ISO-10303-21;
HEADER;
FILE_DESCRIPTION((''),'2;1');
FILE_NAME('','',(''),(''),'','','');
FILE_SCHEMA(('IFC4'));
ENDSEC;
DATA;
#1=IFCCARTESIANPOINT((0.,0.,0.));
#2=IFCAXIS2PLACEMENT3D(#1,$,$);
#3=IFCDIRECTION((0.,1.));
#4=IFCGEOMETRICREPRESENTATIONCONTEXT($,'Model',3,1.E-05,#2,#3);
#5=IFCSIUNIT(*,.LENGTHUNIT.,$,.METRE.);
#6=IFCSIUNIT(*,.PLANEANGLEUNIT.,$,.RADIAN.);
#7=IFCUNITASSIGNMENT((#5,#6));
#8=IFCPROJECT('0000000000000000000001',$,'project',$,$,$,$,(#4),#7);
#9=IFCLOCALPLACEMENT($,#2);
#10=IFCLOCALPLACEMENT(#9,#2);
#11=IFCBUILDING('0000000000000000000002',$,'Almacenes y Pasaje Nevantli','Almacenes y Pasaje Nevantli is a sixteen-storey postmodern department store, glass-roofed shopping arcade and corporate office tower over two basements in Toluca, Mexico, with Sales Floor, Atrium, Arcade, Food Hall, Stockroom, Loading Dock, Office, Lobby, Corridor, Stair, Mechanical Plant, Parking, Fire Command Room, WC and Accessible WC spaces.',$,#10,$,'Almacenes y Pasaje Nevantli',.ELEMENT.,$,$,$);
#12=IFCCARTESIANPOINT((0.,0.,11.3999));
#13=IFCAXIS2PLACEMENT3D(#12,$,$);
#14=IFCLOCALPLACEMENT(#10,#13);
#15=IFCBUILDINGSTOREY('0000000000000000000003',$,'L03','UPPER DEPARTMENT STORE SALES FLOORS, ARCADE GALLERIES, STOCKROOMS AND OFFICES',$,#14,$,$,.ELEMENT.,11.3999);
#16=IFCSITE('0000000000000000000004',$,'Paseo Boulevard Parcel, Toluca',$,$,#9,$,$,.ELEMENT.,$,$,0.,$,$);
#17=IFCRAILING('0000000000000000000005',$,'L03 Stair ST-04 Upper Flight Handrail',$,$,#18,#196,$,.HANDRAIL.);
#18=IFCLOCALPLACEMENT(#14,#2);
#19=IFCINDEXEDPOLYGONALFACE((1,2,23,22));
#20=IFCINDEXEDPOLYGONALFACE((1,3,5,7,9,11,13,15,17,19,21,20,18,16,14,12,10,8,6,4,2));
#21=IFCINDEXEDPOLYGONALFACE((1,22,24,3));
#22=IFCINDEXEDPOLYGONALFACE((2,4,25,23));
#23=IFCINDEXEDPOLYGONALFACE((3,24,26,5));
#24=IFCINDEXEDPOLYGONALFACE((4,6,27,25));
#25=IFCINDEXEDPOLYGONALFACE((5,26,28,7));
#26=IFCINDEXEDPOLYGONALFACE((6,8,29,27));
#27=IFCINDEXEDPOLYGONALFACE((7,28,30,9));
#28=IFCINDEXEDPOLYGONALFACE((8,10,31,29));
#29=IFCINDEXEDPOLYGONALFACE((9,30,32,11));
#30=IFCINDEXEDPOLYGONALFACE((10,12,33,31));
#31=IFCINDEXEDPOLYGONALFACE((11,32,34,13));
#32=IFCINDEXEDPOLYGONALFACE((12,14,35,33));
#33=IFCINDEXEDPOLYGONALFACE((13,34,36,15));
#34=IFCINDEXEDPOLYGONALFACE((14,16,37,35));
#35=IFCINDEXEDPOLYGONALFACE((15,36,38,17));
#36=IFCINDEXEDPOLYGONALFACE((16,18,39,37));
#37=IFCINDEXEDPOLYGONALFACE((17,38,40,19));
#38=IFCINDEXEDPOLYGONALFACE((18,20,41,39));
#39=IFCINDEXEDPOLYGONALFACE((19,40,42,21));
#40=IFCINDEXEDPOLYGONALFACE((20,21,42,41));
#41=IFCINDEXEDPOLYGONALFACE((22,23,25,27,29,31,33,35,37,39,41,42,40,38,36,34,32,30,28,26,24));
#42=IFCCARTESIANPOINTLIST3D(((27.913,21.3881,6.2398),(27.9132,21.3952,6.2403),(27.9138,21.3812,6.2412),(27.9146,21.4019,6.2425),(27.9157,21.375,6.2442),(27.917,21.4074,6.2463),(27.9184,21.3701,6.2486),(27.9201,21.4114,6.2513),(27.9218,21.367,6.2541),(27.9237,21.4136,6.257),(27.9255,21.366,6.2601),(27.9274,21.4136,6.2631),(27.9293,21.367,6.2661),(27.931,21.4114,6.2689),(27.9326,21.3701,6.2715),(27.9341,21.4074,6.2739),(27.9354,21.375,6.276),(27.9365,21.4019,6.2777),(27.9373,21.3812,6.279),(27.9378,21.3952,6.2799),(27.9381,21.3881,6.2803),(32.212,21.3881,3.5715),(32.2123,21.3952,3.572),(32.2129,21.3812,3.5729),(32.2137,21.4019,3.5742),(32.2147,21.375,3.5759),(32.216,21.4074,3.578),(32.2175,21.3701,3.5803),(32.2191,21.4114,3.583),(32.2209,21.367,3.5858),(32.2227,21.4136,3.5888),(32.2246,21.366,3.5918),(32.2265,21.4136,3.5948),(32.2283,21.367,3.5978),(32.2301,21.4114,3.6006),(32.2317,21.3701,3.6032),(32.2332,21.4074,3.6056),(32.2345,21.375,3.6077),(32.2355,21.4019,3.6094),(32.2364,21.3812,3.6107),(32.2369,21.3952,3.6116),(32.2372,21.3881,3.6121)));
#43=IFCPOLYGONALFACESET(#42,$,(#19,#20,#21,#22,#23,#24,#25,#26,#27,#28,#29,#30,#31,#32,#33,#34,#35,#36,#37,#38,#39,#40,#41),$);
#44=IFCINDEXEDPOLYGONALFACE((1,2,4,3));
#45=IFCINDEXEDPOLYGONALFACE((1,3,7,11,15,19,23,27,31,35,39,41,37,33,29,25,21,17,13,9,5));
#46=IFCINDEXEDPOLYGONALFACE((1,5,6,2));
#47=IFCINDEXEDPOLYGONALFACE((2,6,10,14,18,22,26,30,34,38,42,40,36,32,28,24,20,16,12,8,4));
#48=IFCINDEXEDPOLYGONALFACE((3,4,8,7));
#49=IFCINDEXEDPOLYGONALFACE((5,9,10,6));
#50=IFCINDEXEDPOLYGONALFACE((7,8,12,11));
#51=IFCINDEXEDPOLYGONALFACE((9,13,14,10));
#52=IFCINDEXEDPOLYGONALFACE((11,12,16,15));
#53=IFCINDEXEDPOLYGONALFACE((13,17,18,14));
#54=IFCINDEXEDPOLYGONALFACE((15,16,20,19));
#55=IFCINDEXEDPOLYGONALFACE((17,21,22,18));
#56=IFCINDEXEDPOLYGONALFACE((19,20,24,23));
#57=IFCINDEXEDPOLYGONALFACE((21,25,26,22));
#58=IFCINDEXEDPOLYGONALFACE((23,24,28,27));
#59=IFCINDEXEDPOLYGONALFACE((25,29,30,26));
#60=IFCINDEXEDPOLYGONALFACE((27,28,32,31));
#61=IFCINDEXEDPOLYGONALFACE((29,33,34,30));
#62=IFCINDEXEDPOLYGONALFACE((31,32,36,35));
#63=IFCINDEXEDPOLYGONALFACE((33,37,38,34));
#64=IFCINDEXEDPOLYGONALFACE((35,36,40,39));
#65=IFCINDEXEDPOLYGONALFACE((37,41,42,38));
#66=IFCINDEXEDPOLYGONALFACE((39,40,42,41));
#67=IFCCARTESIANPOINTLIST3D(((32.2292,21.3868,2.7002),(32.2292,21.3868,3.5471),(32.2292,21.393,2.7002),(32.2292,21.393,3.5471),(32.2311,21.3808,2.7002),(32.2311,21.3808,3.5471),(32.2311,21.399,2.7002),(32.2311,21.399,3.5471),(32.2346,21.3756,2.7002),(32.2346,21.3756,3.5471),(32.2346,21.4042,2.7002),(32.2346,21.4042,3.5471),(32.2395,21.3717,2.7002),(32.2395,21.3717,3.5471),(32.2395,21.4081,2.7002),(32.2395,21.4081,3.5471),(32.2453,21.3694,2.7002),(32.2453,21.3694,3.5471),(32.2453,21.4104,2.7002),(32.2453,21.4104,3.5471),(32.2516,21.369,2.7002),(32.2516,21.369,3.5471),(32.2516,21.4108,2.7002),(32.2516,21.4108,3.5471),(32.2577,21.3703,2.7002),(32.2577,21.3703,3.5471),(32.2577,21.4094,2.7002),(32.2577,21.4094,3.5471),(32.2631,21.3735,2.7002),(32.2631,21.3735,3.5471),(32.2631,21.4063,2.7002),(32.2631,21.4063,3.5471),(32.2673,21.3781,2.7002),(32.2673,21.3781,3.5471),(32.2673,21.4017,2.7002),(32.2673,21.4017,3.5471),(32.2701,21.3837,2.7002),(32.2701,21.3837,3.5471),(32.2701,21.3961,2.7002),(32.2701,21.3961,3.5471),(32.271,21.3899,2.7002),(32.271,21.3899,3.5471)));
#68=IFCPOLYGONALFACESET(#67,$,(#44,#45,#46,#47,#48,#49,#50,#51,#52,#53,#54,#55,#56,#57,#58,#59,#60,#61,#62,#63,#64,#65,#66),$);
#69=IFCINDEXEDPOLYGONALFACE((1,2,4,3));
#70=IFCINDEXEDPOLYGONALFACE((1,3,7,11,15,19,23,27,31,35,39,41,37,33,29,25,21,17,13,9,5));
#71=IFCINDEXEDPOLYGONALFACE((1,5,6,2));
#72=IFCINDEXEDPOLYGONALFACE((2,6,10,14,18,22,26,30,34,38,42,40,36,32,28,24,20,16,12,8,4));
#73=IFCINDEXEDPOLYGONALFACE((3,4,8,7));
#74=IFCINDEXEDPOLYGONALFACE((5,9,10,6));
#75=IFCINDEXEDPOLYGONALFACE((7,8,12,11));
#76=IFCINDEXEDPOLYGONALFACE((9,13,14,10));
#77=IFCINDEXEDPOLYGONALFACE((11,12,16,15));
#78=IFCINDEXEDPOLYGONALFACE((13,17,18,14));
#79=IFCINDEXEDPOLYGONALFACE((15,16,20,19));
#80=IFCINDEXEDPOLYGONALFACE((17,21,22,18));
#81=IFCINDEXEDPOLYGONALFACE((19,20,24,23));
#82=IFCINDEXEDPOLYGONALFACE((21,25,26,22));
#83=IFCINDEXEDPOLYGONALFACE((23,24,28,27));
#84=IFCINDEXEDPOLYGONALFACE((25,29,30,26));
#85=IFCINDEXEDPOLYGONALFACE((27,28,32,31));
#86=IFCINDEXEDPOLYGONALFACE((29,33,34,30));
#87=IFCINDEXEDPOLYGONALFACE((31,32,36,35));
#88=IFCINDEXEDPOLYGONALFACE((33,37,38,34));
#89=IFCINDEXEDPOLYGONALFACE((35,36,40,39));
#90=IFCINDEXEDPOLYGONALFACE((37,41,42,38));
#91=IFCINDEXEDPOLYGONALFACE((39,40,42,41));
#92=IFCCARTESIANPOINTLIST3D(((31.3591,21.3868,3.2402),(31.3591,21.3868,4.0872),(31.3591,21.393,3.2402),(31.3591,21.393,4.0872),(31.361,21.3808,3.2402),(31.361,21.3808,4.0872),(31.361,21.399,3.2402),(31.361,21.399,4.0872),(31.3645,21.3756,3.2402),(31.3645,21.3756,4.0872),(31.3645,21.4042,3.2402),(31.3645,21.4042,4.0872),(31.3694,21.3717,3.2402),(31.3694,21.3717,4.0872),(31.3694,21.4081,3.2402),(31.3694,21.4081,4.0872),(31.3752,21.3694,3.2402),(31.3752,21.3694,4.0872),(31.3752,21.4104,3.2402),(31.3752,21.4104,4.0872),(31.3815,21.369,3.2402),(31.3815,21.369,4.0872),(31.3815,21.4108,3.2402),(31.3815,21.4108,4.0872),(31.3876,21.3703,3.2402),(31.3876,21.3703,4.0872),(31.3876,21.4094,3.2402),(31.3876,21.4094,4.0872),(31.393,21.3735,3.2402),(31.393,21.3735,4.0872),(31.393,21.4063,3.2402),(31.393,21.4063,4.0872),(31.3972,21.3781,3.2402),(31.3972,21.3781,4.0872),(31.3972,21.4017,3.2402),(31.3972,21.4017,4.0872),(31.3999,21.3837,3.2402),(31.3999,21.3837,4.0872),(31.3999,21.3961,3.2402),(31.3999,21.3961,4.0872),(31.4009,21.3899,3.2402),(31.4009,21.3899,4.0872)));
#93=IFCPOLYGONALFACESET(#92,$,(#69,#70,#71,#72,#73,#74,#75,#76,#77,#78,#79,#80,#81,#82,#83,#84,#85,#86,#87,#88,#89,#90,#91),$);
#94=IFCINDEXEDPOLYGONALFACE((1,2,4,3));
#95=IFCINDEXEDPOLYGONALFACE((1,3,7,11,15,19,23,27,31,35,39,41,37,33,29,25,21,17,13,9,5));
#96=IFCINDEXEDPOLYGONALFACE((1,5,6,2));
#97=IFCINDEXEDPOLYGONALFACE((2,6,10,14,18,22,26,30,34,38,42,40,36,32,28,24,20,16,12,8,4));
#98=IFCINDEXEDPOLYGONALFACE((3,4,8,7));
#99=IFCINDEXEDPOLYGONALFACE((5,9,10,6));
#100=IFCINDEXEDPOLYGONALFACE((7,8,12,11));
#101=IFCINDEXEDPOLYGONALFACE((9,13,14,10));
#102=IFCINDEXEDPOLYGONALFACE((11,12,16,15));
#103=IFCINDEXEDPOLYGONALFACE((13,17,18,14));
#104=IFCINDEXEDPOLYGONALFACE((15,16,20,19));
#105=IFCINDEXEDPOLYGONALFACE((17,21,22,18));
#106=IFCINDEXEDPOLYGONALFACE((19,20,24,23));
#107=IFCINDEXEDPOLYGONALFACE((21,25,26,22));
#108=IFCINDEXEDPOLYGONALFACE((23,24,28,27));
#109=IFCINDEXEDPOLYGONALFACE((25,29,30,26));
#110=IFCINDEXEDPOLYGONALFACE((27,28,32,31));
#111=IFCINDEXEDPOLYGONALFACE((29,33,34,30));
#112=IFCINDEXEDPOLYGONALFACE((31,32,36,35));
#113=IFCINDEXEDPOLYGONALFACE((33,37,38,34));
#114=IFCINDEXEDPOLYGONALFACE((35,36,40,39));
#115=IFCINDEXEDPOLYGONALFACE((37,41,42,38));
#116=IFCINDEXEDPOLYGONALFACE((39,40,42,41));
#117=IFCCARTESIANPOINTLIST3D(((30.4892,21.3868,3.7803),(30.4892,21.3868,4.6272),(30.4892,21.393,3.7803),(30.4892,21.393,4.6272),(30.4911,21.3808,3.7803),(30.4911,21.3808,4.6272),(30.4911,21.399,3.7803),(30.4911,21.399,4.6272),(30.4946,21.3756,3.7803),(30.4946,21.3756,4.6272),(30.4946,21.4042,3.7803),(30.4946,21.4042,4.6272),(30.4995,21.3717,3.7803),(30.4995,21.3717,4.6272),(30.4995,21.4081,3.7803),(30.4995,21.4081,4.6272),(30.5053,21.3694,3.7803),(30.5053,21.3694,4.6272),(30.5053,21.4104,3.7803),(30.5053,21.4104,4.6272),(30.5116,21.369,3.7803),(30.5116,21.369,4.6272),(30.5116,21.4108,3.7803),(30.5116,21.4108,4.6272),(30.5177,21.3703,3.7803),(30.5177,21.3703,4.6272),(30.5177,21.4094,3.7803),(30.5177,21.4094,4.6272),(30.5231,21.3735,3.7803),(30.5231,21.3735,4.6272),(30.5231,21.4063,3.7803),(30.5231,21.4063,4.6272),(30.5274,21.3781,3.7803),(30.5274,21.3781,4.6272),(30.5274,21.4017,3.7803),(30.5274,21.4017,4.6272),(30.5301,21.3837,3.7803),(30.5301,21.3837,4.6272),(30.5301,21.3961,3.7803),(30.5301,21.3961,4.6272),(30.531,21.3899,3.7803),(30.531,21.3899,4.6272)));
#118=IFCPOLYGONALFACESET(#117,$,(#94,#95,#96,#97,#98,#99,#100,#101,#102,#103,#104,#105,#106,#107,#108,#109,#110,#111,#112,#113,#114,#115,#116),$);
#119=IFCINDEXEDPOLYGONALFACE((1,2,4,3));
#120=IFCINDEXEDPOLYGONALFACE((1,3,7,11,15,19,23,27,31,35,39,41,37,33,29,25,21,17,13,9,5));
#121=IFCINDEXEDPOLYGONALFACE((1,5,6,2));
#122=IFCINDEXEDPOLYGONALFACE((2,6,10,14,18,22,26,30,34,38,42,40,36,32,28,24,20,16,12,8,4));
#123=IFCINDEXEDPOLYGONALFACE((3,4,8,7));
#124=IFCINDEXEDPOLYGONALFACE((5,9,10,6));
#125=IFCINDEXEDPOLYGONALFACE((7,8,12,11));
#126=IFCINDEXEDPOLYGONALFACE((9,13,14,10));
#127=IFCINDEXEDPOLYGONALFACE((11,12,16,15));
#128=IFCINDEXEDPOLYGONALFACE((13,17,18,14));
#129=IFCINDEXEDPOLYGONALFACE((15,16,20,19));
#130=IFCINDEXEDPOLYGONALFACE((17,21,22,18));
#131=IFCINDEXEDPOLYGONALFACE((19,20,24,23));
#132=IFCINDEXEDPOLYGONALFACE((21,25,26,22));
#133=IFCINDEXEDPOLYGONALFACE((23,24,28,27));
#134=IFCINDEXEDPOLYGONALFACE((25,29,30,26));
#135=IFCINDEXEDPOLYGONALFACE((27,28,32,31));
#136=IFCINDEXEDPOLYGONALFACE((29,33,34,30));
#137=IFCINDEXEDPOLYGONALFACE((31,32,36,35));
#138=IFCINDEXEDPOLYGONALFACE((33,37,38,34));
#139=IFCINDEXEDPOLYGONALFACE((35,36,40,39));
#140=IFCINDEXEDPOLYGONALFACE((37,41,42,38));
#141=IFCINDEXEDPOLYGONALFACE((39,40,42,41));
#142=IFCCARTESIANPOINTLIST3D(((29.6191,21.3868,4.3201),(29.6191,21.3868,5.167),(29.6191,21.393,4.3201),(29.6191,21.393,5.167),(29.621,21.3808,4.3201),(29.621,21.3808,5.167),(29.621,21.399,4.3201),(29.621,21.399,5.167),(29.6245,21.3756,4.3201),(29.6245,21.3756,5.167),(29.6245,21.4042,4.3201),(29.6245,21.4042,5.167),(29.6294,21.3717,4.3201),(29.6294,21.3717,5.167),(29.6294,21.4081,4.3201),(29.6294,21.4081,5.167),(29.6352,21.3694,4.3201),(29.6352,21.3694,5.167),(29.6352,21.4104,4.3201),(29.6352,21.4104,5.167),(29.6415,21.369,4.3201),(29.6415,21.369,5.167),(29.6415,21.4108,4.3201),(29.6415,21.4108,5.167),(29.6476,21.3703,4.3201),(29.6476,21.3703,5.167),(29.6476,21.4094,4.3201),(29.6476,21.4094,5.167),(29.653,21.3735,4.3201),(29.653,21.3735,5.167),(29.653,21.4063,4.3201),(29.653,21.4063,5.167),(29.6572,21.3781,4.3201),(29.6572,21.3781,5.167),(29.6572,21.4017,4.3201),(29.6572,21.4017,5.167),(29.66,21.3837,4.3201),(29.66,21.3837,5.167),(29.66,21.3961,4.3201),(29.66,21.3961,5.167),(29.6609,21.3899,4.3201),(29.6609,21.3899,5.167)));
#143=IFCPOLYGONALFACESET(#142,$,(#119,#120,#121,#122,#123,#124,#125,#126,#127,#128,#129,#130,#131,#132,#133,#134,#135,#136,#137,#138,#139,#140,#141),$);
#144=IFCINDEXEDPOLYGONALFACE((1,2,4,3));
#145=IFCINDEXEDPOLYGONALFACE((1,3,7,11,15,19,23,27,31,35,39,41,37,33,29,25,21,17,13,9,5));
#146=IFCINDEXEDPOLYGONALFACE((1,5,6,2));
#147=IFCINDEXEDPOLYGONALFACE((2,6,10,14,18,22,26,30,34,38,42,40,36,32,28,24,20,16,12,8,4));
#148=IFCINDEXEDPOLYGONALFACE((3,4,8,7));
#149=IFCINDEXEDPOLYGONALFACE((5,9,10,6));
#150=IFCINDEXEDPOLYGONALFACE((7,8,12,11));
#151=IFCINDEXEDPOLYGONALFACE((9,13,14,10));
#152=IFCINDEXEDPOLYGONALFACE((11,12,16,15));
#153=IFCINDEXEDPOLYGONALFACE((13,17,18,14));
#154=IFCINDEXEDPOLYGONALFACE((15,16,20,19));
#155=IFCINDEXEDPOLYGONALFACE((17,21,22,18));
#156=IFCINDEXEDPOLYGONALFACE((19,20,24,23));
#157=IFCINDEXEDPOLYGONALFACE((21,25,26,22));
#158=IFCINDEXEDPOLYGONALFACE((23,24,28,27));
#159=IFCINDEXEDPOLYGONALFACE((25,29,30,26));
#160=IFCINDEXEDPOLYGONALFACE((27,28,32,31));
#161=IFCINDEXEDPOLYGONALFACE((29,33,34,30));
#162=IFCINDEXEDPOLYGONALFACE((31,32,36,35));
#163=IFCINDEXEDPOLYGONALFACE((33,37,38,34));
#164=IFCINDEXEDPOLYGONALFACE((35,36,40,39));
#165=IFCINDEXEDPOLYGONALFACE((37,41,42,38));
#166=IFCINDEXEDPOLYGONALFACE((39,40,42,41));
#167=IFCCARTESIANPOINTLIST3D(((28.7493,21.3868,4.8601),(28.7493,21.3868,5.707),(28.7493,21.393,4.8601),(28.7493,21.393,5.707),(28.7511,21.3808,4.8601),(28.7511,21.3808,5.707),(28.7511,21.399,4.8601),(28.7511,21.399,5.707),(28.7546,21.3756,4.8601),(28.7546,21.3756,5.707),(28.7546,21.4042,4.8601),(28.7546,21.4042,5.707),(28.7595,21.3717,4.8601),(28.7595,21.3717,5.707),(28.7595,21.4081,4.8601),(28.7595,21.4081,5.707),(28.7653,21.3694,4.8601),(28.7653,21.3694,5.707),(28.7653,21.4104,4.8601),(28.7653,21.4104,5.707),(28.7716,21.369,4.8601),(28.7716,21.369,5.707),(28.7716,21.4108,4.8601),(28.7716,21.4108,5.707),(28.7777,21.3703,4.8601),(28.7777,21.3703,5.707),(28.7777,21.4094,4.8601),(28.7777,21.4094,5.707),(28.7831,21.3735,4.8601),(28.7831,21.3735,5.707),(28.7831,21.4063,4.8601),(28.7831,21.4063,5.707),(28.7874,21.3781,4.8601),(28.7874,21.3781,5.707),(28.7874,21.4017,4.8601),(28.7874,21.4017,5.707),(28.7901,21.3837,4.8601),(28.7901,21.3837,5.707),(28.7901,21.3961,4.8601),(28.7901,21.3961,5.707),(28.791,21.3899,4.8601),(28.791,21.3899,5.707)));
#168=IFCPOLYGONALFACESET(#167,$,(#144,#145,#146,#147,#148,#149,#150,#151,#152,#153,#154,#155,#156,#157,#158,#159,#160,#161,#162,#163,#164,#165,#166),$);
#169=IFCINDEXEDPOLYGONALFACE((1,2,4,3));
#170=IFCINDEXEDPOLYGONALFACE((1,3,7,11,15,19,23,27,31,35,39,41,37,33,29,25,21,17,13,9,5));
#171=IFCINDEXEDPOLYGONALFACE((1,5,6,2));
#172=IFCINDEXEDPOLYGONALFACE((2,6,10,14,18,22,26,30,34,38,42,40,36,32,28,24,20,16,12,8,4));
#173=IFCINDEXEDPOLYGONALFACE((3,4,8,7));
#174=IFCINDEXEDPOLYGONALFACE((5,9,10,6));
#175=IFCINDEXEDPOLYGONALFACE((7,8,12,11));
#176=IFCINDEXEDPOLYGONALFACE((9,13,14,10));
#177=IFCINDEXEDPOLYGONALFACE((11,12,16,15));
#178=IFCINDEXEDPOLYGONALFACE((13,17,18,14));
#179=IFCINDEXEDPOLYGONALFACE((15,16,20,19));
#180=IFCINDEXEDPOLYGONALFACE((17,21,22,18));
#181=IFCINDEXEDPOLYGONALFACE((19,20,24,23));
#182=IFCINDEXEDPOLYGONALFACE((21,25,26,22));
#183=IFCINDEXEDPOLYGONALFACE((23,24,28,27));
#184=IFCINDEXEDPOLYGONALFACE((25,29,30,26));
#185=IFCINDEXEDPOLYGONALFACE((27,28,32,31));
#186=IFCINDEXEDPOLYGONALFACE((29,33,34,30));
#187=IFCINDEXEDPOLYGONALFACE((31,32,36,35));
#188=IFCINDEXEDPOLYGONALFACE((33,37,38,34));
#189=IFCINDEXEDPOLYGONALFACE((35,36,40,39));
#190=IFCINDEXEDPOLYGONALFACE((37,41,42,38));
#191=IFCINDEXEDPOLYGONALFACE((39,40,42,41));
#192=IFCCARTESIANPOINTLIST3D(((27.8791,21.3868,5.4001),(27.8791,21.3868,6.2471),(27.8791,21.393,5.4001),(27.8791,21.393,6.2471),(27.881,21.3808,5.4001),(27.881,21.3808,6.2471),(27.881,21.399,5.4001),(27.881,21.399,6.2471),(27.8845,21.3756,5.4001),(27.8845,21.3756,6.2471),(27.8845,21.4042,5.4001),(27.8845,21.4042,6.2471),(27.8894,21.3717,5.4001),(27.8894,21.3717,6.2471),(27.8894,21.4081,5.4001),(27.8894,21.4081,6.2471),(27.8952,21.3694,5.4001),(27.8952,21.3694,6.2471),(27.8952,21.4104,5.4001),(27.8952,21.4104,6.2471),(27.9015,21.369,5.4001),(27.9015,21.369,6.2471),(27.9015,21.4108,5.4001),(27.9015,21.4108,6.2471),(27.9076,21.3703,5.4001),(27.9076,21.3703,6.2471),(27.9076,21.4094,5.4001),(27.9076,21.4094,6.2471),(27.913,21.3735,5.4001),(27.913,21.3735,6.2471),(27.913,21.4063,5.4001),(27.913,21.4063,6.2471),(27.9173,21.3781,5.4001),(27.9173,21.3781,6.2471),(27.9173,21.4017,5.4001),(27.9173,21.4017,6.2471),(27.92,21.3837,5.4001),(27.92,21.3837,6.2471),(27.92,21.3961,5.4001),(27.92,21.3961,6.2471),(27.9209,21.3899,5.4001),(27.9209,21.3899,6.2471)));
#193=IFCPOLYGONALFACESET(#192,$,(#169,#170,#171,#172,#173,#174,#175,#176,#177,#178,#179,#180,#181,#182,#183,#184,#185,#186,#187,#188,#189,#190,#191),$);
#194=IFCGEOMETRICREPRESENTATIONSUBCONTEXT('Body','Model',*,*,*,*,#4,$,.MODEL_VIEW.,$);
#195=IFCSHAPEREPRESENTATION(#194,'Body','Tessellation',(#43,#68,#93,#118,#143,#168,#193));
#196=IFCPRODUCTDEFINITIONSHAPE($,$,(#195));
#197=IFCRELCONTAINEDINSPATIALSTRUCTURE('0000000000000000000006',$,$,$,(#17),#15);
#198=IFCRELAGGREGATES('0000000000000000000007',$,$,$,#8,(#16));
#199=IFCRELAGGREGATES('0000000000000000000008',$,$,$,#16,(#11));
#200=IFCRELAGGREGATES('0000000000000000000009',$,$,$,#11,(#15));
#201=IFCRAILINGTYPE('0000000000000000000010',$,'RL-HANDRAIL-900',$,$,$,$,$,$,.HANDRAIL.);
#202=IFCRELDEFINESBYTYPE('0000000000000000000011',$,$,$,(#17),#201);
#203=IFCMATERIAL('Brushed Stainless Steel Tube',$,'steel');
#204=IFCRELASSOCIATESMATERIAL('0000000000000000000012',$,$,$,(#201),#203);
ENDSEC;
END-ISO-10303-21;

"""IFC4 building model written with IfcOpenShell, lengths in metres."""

from ifc_helpers import new_model, si_unit, direction, frame, origin, origin_2d, place, context, subcontext, project, spatial, circle, extrude, material, type_object, element, save


model = new_model("IFC4")

# Units and contexts
model_context = context("Model", 3, precision=1e-05, world=origin(), true_north=direction((0.0, 1.0)))
body_context = subcontext(model_context, "Body", "Model", "MODEL_VIEW")
ifc_project = project(units=[si_unit("LENGTHUNIT", "METRE"), si_unit("PLANEANGLEUNIT", "RADIAN")], contexts=[model_context])

# Site, building, storey
site_placement = place(None, origin())
site = spatial("IfcSite", under=ifc_project, at=site_placement, Name="Paseo Boulevard Parcel, Toluca", CompositionType="ELEMENT", RefElevation=0.0)
building_placement = place(site_placement, origin())
building = spatial("IfcBuilding", under=site, at=building_placement, Name="Almacenes y Pasaje Nevantli", Description="Almacenes y Pasaje Nevantli is a sixteen-storey postmodern department store, glass-roofed shopping arcade and corporate office tower over two basements in Toluca, Mexico, with Sales Floor, Atrium, Arcade, Food Hall, Stockroom, Loading Dock, Office, Lobby, Corridor, Stair, Mechanical Plant, Parking, Fire Command Room, WC and Accessible WC spaces.", LongName="Almacenes y Pasaje Nevantli", CompositionType="ELEMENT")
storey_placement = place(building_placement, frame((0.0, 0.0, 11.3999)))
storey = spatial("IfcBuildingStorey", under=building, at=storey_placement, Name="L03", Description="UPPER DEPARTMENT STORE SALES FLOORS, ARCADE GALLERIES, STOCKROOMS AND OFFICES", CompositionType="ELEMENT", Elevation=11.3999)

# Railing
ifc_material_1 = material(Name="Brushed Stainless Steel Tube", Category="steel")
railing_type_1 = type_object("IfcRailingType", Name="RL-HANDRAIL-900", PredefinedType="HANDRAIL", material=ifc_material_1)
railing_1_placement = place(storey_placement, frame((32.25, 21.3899, 2.7002)))
element("IfcRailing", 1, at=railing_1_placement, inside=storey, type_object=railing_type_1, Name="L03 Stair ST-04 Upper Flight Handrail", PredefinedType="HANDRAIL", context=body_context, shape_type="SweptSolid", body=[
    extrude(circle(Radius=0.0239, at=origin_2d()), frame((-0.0254, 0.0, 0.8916), z_axis=(-0.84965, 0.0, 0.527347), x_axis=(0.0, -1.0, 0.0)), (0.0, 0.0, 1.0), 5.0598),
    extrude(circle(Radius=0.021, at=origin_2d()), origin(), (0.0, 0.0, 1.0), 0.8469),
    extrude(circle(Radius=0.021, at=origin_2d()), frame((-0.8701, 0.0, 0.54)), (0.0, 0.0, 1.0), 0.8469),
    extrude(circle(Radius=0.021, at=origin_2d()), frame((-1.74, 0.0, 1.0801)), (0.0, 0.0, 1.0), 0.8469),
    extrude(circle(Radius=0.021, at=origin_2d()), frame((-2.6101, 0.0, 1.6199)), (0.0, 0.0, 1.0), 0.8469),
    extrude(circle(Radius=0.021, at=origin_2d()), frame((-3.48, 0.0, 2.1599)), (0.0, 0.0, 1.0), 0.8469),
    extrude(circle(Radius=0.021, at=origin_2d()), frame((-4.3501, 0.0, 2.7)), (0.0, 0.0, 1.0), 0.8469),
])

save(model, "model.ifc")
